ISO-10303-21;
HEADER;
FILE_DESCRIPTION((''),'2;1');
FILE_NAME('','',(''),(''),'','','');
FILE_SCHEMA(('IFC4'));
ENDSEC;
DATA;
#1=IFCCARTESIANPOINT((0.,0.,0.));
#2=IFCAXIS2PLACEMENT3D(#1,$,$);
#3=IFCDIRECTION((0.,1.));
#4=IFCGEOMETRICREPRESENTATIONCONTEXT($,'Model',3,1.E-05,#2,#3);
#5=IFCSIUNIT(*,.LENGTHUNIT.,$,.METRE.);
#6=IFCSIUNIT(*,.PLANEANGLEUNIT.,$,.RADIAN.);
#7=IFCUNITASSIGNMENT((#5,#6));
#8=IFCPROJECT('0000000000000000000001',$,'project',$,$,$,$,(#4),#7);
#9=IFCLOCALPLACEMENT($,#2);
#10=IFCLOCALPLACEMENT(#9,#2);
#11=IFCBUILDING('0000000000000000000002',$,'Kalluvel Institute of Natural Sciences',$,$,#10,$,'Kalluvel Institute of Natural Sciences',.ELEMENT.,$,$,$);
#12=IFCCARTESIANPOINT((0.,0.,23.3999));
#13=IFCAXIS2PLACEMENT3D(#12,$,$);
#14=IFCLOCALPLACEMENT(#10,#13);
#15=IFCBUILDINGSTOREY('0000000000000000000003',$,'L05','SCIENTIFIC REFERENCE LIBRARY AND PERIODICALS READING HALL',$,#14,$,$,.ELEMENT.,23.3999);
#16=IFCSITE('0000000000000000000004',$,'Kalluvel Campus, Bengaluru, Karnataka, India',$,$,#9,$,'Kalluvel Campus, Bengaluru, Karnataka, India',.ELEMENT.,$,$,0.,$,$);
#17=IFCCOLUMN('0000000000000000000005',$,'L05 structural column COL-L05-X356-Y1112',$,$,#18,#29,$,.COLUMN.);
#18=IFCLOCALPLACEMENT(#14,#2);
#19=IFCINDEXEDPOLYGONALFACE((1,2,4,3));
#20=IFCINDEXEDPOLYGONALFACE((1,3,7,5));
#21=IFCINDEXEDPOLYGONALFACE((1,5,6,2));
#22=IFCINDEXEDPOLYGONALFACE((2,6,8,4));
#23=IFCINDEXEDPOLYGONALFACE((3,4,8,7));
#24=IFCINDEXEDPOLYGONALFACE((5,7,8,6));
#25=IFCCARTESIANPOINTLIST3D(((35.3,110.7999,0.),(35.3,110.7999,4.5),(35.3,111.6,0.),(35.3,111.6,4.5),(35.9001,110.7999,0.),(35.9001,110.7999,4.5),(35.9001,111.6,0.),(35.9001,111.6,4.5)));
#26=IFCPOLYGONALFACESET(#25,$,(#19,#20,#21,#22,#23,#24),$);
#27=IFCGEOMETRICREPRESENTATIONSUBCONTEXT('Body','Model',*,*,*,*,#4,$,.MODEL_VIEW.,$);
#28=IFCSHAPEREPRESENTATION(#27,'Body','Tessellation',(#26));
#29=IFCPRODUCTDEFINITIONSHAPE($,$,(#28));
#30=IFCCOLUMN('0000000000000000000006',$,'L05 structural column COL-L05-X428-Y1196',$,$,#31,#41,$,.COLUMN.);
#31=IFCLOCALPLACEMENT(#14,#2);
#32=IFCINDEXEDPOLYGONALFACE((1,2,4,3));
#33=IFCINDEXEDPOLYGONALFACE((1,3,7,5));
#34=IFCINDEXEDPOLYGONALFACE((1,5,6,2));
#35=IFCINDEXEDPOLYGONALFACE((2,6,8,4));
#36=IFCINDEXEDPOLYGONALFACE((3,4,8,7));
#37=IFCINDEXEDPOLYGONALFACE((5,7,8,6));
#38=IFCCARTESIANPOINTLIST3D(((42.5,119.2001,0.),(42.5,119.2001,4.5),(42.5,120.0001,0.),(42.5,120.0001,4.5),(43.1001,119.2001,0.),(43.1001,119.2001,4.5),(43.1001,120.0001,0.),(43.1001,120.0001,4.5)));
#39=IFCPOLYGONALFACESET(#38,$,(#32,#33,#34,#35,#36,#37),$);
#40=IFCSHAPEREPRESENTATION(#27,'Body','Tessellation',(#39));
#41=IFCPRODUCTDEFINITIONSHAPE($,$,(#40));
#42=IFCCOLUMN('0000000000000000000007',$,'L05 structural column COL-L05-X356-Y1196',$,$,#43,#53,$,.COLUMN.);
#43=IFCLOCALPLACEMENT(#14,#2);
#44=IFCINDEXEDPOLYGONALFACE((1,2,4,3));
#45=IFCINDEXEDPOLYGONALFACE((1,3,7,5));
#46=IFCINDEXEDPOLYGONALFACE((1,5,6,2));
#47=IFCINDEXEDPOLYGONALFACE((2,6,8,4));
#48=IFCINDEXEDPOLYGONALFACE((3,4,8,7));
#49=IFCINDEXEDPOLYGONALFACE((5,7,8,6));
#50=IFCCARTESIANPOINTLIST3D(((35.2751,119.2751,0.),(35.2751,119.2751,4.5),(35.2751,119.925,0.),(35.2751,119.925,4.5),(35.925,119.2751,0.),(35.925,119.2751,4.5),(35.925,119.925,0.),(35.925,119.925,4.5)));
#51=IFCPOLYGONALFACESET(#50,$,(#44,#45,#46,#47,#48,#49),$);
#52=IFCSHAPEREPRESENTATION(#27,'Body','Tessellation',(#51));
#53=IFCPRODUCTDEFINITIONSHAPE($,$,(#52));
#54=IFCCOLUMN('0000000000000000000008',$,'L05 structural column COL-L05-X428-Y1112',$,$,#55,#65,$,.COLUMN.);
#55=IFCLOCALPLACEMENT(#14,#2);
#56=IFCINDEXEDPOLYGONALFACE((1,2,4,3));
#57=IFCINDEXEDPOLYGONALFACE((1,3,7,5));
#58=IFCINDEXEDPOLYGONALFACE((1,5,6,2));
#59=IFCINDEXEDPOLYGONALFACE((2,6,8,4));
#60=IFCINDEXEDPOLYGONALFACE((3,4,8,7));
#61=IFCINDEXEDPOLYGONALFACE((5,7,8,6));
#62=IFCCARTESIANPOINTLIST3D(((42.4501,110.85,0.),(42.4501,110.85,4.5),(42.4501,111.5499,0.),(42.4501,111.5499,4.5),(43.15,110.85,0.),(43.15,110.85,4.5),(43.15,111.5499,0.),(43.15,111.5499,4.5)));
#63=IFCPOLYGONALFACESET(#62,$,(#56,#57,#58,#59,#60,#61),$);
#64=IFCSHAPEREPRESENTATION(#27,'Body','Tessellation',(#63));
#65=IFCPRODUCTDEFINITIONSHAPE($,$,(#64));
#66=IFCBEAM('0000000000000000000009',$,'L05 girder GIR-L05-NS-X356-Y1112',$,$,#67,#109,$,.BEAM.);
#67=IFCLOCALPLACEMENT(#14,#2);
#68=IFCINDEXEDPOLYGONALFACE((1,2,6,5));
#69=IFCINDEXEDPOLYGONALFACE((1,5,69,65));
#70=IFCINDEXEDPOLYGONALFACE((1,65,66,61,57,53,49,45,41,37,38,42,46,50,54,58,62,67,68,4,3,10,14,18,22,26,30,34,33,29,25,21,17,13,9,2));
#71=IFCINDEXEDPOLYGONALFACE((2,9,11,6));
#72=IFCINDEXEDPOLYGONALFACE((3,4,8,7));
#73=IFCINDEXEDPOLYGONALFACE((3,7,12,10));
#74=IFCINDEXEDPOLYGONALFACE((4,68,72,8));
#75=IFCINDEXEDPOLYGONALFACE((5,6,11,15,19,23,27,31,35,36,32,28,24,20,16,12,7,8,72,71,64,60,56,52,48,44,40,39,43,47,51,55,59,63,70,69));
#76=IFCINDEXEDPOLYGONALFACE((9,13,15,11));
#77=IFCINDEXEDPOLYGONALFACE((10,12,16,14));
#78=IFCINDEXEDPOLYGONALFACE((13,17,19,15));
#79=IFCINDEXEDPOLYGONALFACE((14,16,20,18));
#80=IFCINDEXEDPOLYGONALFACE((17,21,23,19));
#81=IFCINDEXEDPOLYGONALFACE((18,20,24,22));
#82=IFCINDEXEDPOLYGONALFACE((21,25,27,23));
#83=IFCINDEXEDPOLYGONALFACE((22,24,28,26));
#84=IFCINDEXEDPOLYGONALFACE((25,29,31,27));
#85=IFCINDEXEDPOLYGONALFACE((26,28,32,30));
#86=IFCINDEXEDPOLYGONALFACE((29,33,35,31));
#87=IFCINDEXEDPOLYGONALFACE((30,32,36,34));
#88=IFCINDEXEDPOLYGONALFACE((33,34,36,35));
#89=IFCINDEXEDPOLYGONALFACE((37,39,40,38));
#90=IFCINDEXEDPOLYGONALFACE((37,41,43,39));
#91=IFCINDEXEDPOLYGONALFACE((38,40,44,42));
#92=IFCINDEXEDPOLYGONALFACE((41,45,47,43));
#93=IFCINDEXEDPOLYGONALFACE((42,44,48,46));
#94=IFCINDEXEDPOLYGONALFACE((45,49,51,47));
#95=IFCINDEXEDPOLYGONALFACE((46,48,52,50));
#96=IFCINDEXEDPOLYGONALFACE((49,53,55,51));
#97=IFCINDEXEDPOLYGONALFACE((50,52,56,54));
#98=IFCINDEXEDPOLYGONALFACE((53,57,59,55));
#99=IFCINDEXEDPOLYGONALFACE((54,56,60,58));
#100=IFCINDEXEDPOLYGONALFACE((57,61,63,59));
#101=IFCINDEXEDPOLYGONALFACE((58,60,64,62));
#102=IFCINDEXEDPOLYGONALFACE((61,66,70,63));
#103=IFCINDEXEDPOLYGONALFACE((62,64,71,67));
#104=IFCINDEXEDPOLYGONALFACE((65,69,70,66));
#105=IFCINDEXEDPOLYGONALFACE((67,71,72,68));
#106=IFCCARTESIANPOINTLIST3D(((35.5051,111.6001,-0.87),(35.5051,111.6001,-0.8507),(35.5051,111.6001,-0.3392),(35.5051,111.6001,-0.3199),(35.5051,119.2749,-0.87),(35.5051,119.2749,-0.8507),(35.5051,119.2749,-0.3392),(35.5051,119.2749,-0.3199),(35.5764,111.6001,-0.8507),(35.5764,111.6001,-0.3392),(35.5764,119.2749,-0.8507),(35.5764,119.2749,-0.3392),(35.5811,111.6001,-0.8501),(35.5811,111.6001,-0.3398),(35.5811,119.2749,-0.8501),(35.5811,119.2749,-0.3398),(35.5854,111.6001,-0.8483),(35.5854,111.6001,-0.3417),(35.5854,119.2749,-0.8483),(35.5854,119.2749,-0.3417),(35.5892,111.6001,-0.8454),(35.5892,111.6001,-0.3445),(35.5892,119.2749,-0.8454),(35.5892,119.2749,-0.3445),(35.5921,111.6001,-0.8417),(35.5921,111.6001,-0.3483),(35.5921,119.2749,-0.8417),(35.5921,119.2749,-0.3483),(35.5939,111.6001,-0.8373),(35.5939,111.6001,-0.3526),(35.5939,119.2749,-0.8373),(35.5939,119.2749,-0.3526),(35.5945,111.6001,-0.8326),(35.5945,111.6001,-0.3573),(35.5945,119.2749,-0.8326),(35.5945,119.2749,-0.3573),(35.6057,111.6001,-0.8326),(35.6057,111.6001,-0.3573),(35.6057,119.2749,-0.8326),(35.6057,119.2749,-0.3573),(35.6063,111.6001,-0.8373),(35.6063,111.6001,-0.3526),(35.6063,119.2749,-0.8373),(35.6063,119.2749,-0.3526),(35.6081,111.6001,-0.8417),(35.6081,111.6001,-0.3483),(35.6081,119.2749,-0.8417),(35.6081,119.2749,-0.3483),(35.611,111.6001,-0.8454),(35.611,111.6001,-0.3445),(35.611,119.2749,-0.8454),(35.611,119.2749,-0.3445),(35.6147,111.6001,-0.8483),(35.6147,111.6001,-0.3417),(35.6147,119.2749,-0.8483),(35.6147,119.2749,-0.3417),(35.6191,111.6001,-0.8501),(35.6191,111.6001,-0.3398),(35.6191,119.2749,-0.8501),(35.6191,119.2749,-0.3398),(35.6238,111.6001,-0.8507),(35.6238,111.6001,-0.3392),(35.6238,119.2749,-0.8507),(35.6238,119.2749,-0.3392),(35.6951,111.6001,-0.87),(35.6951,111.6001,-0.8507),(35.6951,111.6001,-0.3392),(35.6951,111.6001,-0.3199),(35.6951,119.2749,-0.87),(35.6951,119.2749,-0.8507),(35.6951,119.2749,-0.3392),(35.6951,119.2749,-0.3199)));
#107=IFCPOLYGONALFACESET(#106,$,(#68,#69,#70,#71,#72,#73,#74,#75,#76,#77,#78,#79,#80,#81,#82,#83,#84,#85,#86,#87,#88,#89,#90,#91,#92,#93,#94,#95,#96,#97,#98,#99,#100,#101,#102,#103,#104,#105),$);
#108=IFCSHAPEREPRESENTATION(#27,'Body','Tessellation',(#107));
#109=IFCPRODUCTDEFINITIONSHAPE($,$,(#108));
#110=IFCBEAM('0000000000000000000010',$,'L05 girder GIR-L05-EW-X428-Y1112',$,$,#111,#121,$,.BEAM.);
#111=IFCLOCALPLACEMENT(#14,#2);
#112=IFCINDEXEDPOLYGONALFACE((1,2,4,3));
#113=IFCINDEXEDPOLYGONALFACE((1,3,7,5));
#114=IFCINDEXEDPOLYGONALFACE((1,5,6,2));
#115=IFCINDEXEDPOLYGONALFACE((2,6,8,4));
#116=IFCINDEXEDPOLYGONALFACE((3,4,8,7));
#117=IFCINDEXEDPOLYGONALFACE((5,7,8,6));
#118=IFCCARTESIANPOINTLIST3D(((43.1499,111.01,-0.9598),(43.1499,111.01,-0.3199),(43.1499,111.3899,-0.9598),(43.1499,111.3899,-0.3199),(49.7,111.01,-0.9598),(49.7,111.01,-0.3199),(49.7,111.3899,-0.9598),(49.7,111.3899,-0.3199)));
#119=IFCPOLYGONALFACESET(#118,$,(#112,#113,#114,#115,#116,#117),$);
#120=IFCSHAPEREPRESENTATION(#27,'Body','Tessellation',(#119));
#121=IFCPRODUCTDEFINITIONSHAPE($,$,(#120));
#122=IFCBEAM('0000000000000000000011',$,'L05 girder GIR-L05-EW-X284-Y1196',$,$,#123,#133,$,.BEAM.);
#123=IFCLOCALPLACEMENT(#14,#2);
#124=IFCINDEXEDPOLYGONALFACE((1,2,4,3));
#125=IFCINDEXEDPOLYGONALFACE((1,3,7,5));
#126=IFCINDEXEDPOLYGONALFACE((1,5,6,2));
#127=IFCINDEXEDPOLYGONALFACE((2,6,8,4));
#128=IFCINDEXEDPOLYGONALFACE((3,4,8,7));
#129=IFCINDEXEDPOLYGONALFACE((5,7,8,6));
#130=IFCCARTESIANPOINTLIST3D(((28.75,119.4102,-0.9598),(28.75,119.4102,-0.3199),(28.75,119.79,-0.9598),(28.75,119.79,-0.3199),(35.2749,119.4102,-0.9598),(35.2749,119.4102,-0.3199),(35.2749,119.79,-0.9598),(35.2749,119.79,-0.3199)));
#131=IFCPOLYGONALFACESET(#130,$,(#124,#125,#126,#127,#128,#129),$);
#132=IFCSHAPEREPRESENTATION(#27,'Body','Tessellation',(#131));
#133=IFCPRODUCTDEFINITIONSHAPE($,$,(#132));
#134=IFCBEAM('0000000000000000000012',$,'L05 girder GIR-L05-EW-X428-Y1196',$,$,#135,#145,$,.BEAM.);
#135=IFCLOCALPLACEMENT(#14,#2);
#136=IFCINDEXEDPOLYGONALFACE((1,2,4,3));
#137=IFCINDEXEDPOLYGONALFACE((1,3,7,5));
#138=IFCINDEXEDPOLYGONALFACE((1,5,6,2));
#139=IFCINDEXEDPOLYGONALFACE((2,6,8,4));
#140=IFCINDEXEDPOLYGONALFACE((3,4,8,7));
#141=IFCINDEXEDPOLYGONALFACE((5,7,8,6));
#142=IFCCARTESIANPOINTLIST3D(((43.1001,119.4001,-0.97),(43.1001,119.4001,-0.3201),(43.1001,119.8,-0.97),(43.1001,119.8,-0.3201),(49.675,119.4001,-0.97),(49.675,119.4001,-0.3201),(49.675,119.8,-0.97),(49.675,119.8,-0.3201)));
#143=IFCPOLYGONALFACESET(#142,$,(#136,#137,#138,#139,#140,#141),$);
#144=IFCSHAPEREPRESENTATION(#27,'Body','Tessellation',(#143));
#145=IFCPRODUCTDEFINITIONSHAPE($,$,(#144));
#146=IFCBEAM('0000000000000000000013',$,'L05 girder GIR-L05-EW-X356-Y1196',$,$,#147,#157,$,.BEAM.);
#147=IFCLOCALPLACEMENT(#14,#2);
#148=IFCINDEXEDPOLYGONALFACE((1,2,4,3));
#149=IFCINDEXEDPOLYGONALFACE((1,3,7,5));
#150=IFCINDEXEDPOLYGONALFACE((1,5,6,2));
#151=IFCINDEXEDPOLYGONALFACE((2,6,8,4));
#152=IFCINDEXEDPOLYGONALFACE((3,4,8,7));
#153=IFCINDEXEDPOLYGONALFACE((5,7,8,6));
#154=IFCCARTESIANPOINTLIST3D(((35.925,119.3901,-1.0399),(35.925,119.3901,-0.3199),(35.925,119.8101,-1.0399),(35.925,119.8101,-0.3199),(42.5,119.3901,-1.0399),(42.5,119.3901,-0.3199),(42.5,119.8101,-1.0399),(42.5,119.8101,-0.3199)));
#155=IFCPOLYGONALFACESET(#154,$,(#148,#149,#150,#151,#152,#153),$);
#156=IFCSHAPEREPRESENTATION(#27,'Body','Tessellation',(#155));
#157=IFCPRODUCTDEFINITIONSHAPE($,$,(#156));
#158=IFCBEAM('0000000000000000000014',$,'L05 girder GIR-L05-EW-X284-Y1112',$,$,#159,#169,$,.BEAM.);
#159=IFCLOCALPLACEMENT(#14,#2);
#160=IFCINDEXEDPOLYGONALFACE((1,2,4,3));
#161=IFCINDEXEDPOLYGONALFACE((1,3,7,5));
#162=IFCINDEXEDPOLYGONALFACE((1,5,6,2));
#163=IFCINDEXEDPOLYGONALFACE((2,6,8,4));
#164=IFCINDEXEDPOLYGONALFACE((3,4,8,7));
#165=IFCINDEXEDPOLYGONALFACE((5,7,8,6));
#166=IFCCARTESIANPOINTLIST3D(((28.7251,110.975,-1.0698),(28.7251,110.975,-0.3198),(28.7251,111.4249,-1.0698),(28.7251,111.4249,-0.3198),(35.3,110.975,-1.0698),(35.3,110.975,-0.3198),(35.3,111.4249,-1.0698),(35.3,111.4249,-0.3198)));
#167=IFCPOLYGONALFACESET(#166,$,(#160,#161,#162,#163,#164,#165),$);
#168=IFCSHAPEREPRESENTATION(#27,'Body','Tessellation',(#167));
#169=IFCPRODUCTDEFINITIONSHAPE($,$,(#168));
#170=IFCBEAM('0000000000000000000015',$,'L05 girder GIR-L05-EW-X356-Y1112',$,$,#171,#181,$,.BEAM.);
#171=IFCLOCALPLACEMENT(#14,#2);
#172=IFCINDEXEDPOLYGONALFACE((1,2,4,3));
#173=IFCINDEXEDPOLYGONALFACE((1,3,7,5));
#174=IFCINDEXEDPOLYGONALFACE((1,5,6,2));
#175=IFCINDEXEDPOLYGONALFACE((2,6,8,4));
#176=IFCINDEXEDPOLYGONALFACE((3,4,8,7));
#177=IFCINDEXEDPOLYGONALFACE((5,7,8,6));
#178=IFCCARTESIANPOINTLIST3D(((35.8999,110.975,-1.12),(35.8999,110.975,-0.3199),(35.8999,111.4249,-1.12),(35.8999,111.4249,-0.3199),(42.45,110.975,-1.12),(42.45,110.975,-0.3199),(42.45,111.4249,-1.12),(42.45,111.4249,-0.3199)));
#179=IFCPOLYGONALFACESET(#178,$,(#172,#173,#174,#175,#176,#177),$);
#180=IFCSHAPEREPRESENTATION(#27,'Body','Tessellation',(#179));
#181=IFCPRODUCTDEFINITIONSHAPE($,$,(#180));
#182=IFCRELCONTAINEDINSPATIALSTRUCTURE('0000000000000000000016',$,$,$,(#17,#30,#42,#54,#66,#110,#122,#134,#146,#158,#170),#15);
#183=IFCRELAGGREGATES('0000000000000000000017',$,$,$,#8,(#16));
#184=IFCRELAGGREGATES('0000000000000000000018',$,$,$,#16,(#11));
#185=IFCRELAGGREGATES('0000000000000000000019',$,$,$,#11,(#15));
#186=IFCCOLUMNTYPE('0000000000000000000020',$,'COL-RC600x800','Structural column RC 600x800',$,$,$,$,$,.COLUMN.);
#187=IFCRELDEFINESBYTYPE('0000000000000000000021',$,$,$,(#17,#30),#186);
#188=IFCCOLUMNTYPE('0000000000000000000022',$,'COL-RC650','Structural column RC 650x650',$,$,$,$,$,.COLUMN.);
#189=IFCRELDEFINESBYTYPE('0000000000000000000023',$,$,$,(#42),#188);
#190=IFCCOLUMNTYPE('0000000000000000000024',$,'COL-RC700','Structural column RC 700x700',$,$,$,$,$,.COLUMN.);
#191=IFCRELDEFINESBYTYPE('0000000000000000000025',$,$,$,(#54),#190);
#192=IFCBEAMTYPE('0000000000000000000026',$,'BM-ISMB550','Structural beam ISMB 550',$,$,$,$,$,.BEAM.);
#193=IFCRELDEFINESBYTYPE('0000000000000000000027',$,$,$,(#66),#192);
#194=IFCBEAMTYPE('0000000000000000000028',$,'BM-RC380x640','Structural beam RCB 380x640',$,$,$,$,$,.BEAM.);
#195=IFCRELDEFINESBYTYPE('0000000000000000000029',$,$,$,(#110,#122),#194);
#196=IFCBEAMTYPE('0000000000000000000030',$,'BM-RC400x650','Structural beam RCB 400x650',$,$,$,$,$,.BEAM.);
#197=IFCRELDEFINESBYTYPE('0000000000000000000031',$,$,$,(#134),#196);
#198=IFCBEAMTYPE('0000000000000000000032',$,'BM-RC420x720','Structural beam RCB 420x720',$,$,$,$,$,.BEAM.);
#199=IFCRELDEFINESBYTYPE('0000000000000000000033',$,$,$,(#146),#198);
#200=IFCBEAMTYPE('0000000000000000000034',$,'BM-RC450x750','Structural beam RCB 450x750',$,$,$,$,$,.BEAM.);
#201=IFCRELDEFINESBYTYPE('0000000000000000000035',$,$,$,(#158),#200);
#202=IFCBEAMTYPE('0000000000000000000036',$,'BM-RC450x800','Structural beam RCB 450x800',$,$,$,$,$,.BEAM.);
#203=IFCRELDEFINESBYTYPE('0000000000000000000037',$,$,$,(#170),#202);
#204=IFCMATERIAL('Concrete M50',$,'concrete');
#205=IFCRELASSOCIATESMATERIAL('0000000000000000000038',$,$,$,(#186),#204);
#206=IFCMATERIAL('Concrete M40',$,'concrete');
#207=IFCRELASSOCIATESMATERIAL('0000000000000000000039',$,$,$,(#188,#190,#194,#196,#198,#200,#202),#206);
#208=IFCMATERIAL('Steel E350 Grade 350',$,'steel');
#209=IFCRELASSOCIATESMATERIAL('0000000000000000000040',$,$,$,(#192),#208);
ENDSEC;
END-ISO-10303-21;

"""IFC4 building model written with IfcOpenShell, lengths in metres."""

from ifc_helpers import new_model, si_unit, direction, frame, origin, origin_2d, place, context, subcontext, project, spatial, rectangle, i_section, extrude, material, material_profile, profile_set, type_object, element, save


model = new_model("IFC4")

# Units and contexts
model_context = context("Model", 3, precision=1e-05, world=origin(), true_north=direction((0.0, 1.0)))
body_context = subcontext(model_context, "Body", "Model", "MODEL_VIEW")
ifc_project = project(units=[si_unit("LENGTHUNIT", "METRE"), si_unit("PLANEANGLEUNIT", "RADIAN")], contexts=[model_context])

# Site, building, storey
site_placement = place(None, origin())
site = spatial("IfcSite", under=ifc_project, at=site_placement, Name="Kalluvel Campus, Bengaluru, Karnataka, India", LongName="Kalluvel Campus, Bengaluru, Karnataka, India", CompositionType="ELEMENT", RefElevation=0.0)
building_placement = place(site_placement, origin())
building = spatial("IfcBuilding", under=site, at=building_placement, Name="Kalluvel Institute of Natural Sciences", LongName="Kalluvel Institute of Natural Sciences", CompositionType="ELEMENT")
storey_placement = place(building_placement, frame((0.0, 0.0, 23.3999)))
storey = spatial("IfcBuildingStorey", under=building, at=storey_placement, Name="L05", Description="SCIENTIFIC REFERENCE LIBRARY AND PERIODICALS READING HALL", CompositionType="ELEMENT", Elevation=23.3999)

# Columns
ifc_material_1 = material(Name="Concrete M50", Category="concrete")
ifc_material_profile_1 = material_profile(ifc_material_1, rectangle(XDim=0.6001, YDim=0.8, at=origin_2d()), Name="RC 600x800")
ifc_profile_set_1 = profile_set([ifc_material_profile_1], Name="Concrete M50")
column_type_1 = type_object("IfcColumnType", Name="COL-RC600x800", Description="Structural column RC 600x800", PredefinedType="COLUMN", material=ifc_profile_set_1)
for number, where, z_axis, x_axis, name in (
    (1, (35.6001, 111.2, 0.0), (0.0, 0.0, 1.0), (1.0, 0.0, 0.0), "L05 structural column COL-L05-X356-Y1112"),
    (2, (42.8, 119.6001, 0.0), (0.0, 0.0, 1.0), (1.0, 0.0, 0.0), "L05 structural column COL-L05-X428-Y1196"),
):
    element("IfcColumn", number, at=place(storey_placement, frame(where, z_axis=z_axis, x_axis=x_axis)), inside=storey, type_object=column_type_1, Name=name, PredefinedType="COLUMN", context=body_context, shape_type="SweptSolid", body=[
        extrude(rectangle(XDim=0.6001, YDim=0.8, at=origin_2d()), origin(), (0.0, 0.0, 1.0), 4.5),
    ])
ifc_material_2 = material(Name="Concrete M40", Category="concrete")
ifc_material_profile_2 = material_profile(ifc_material_2, rectangle(XDim=0.6499, YDim=0.6499, at=origin_2d()), Name="RC 650x650")
ifc_profile_set_2 = profile_set([ifc_material_profile_2], Name="Concrete M40")
column_type_2 = type_object("IfcColumnType", Name="COL-RC650", Description="Structural column RC 650x650", PredefinedType="COLUMN", material=ifc_profile_set_2)
column_1_placement = place(storey_placement, frame((35.6001, 119.6001, 0.0), z_axis=(0.0, 0.0, 1.0), x_axis=(1.0, 0.0, 0.0)))
element("IfcColumn", 3, at=column_1_placement, inside=storey, type_object=column_type_2, Name="L05 structural column COL-L05-X356-Y1196", PredefinedType="COLUMN", context=body_context, shape_type="SweptSolid", body=[
    extrude(rectangle(XDim=0.6499, YDim=0.6499, at=origin_2d()), origin(), (0.0, 0.0, 1.0), 4.5),
])
ifc_material_profile_3 = material_profile(ifc_material_2, rectangle(XDim=0.7, YDim=0.7, at=origin_2d()), Name="RC 700x700")
ifc_profile_set_3 = profile_set([ifc_material_profile_3], Name="Concrete M40")
column_type_3 = type_object("IfcColumnType", Name="COL-RC700", Description="Structural column RC 700x700", PredefinedType="COLUMN", material=ifc_profile_set_3)
column_2_placement = place(storey_placement, frame((42.8, 111.2, 0.0), z_axis=(0.0, 0.0, 1.0), x_axis=(1.0, 0.0, 0.0)))
element("IfcColumn", 4, at=column_2_placement, inside=storey, type_object=column_type_3, Name="L05 structural column COL-L05-X428-Y1112", PredefinedType="COLUMN", context=body_context, shape_type="SweptSolid", body=[
    extrude(rectangle(XDim=0.7, YDim=0.7, at=origin_2d()), origin(), (0.0, 0.0, 1.0), 4.5),
])

# Beams
ifc_material_3 = material(Name="Steel E350 Grade 350", Category="steel")
ifc_material_profile_4 = material_profile(ifc_material_3, i_section(OverallWidth=0.1899, OverallDepth=0.55, WebThickness=0.0112, FlangeThickness=0.0193, FilletRadius=0.0181, at=origin_2d()), Name="ISMB 550")
ifc_profile_set_4 = profile_set([ifc_material_profile_4], Name="Steel E350 Grade 350")
beam_type_1 = type_object("IfcBeamType", Name="BM-ISMB550", Description="Structural beam ISMB 550", PredefinedType="BEAM", material=ifc_profile_set_4)
beam_1_placement = place(storey_placement, frame((35.6001, 111.6001, -0.595), z_axis=(0.0, 1.0, 0.0), x_axis=(-1.0, 0.0, 0.0)))
element("IfcBeam", 5, at=beam_1_placement, inside=storey, type_object=beam_type_1, Name="L05 girder GIR-L05-NS-X356-Y1112", PredefinedType="BEAM", context=body_context, shape_type="SweptSolid", body=[
    extrude(i_section(OverallWidth=0.1899, OverallDepth=0.55, WebThickness=0.0112, FlangeThickness=0.0193, FilletRadius=0.0181, at=origin_2d()), origin(), (0.0, 0.0, 1.0), 7.6748),
])
ifc_material_profile_5 = material_profile(ifc_material_2, rectangle(XDim=0.3799, YDim=0.6399, at=origin_2d()), Name="RCB 380x640")
ifc_profile_set_5 = profile_set([ifc_material_profile_5], Name="Concrete M40")
beam_type_2 = type_object("IfcBeamType", Name="BM-RC380x640", Description="Structural beam RCB 380x640", PredefinedType="BEAM", material=ifc_profile_set_5)
beam_2_placement = place(storey_placement, frame((43.1499, 111.2, -0.6399), z_axis=(1.0, 0.0, 0.0), x_axis=(0.0, 1.0, 0.0)))
element("IfcBeam", 6, at=beam_2_placement, inside=storey, type_object=beam_type_2, Name="L05 girder GIR-L05-EW-X428-Y1112", PredefinedType="BEAM", context=body_context, shape_type="SweptSolid", body=[
    extrude(rectangle(XDim=0.3799, YDim=0.6399, at=origin_2d()), origin(), (0.0, 0.0, 1.0), 6.55),
])
beam_3_placement = place(storey_placement, frame((28.75, 119.6001, -0.6399), z_axis=(1.0, 0.0, 0.0), x_axis=(0.0, 1.0, 0.0)))
element("IfcBeam", 7, at=beam_3_placement, inside=storey, type_object=beam_type_2, Name="L05 girder GIR-L05-EW-X284-Y1196", PredefinedType="BEAM", context=body_context, shape_type="SweptSolid", body=[
    extrude(rectangle(XDim=0.3799, YDim=0.6399, at=origin_2d()), origin(), (0.0, 0.0, 1.0), 6.5249),
])
ifc_material_profile_6 = material_profile(ifc_material_2, rectangle(XDim=0.3999, YDim=0.6499, at=origin_2d()), Name="RCB 400x650")
ifc_profile_set_6 = profile_set([ifc_material_profile_6], Name="Concrete M40")
beam_type_3 = type_object("IfcBeamType", Name="BM-RC400x650", Description="Structural beam RCB 400x650", PredefinedType="BEAM", material=ifc_profile_set_6)
beam_4_placement = place(storey_placement, frame((43.1001, 119.6001, -0.645), z_axis=(1.0, 0.0, 0.0), x_axis=(0.0, 1.0, 0.0)))
element("IfcBeam", 8, at=beam_4_placement, inside=storey, type_object=beam_type_3, Name="L05 girder GIR-L05-EW-X428-Y1196", PredefinedType="BEAM", context=body_context, shape_type="SweptSolid", body=[
    extrude(rectangle(XDim=0.3999, YDim=0.6499, at=origin_2d()), origin(), (0.0, 0.0, 1.0), 6.575),
])
ifc_material_profile_7 = material_profile(ifc_material_2, rectangle(XDim=0.4199, YDim=0.72, at=origin_2d()), Name="RCB 420x720")
ifc_profile_set_7 = profile_set([ifc_material_profile_7], Name="Concrete M40")
beam_type_4 = type_object("IfcBeamType", Name="BM-RC420x720", Description="Structural beam RCB 420x720", PredefinedType="BEAM", material=ifc_profile_set_7)
beam_5_placement = place(storey_placement, frame((35.925, 119.6001, -0.6799), z_axis=(1.0, 0.0, 0.0), x_axis=(0.0, 1.0, 0.0)))
element("IfcBeam", 9, at=beam_5_placement, inside=storey, type_object=beam_type_4, Name="L05 girder GIR-L05-EW-X356-Y1196", PredefinedType="BEAM", context=body_context, shape_type="SweptSolid", body=[
    extrude(rectangle(XDim=0.4199, YDim=0.72, at=origin_2d()), origin(), (0.0, 0.0, 1.0), 6.575),
])
ifc_material_profile_8 = material_profile(ifc_material_2, rectangle(XDim=0.45, YDim=0.75, at=origin_2d()), Name="RCB 450x750")
ifc_profile_set_8 = profile_set([ifc_material_profile_8], Name="Concrete M40")
beam_type_5 = type_object("IfcBeamType", Name="BM-RC450x750", Description="Structural beam RCB 450x750", PredefinedType="BEAM", material=ifc_profile_set_8)
beam_6_placement = place(storey_placement, frame((28.7251, 111.2, -0.6948), z_axis=(1.0, 0.0, 0.0), x_axis=(0.0, 1.0, 0.0)))
element("IfcBeam", 10, at=beam_6_placement, inside=storey, type_object=beam_type_5, Name="L05 girder GIR-L05-EW-X284-Y1112", PredefinedType="BEAM", context=body_context, shape_type="SweptSolid", body=[
    extrude(rectangle(XDim=0.45, YDim=0.75, at=origin_2d()), origin(), (0.0, 0.0, 1.0), 6.575),
])
ifc_material_profile_9 = material_profile(ifc_material_2, rectangle(XDim=0.45, YDim=0.8, at=origin_2d()), Name="RCB 450x800")
ifc_profile_set_9 = profile_set([ifc_material_profile_9], Name="Concrete M40")
beam_type_6 = type_object("IfcBeamType", Name="BM-RC450x800", Description="Structural beam RCB 450x800", PredefinedType="BEAM", material=ifc_profile_set_9)
beam_7_placement = place(storey_placement, frame((35.8999, 111.2, -0.72), z_axis=(1.0, 0.0, 0.0), x_axis=(0.0, 1.0, 0.0)))
element("IfcBeam", 11, at=beam_7_placement, inside=storey, type_object=beam_type_6, Name="L05 girder GIR-L05-EW-X356-Y1112", PredefinedType="BEAM", context=body_context, shape_type="SweptSolid", body=[
    extrude(rectangle(XDim=0.45, YDim=0.8, at=origin_2d()), origin(), (0.0, 0.0, 1.0), 6.55),
])

save(model, "model.ifc")
